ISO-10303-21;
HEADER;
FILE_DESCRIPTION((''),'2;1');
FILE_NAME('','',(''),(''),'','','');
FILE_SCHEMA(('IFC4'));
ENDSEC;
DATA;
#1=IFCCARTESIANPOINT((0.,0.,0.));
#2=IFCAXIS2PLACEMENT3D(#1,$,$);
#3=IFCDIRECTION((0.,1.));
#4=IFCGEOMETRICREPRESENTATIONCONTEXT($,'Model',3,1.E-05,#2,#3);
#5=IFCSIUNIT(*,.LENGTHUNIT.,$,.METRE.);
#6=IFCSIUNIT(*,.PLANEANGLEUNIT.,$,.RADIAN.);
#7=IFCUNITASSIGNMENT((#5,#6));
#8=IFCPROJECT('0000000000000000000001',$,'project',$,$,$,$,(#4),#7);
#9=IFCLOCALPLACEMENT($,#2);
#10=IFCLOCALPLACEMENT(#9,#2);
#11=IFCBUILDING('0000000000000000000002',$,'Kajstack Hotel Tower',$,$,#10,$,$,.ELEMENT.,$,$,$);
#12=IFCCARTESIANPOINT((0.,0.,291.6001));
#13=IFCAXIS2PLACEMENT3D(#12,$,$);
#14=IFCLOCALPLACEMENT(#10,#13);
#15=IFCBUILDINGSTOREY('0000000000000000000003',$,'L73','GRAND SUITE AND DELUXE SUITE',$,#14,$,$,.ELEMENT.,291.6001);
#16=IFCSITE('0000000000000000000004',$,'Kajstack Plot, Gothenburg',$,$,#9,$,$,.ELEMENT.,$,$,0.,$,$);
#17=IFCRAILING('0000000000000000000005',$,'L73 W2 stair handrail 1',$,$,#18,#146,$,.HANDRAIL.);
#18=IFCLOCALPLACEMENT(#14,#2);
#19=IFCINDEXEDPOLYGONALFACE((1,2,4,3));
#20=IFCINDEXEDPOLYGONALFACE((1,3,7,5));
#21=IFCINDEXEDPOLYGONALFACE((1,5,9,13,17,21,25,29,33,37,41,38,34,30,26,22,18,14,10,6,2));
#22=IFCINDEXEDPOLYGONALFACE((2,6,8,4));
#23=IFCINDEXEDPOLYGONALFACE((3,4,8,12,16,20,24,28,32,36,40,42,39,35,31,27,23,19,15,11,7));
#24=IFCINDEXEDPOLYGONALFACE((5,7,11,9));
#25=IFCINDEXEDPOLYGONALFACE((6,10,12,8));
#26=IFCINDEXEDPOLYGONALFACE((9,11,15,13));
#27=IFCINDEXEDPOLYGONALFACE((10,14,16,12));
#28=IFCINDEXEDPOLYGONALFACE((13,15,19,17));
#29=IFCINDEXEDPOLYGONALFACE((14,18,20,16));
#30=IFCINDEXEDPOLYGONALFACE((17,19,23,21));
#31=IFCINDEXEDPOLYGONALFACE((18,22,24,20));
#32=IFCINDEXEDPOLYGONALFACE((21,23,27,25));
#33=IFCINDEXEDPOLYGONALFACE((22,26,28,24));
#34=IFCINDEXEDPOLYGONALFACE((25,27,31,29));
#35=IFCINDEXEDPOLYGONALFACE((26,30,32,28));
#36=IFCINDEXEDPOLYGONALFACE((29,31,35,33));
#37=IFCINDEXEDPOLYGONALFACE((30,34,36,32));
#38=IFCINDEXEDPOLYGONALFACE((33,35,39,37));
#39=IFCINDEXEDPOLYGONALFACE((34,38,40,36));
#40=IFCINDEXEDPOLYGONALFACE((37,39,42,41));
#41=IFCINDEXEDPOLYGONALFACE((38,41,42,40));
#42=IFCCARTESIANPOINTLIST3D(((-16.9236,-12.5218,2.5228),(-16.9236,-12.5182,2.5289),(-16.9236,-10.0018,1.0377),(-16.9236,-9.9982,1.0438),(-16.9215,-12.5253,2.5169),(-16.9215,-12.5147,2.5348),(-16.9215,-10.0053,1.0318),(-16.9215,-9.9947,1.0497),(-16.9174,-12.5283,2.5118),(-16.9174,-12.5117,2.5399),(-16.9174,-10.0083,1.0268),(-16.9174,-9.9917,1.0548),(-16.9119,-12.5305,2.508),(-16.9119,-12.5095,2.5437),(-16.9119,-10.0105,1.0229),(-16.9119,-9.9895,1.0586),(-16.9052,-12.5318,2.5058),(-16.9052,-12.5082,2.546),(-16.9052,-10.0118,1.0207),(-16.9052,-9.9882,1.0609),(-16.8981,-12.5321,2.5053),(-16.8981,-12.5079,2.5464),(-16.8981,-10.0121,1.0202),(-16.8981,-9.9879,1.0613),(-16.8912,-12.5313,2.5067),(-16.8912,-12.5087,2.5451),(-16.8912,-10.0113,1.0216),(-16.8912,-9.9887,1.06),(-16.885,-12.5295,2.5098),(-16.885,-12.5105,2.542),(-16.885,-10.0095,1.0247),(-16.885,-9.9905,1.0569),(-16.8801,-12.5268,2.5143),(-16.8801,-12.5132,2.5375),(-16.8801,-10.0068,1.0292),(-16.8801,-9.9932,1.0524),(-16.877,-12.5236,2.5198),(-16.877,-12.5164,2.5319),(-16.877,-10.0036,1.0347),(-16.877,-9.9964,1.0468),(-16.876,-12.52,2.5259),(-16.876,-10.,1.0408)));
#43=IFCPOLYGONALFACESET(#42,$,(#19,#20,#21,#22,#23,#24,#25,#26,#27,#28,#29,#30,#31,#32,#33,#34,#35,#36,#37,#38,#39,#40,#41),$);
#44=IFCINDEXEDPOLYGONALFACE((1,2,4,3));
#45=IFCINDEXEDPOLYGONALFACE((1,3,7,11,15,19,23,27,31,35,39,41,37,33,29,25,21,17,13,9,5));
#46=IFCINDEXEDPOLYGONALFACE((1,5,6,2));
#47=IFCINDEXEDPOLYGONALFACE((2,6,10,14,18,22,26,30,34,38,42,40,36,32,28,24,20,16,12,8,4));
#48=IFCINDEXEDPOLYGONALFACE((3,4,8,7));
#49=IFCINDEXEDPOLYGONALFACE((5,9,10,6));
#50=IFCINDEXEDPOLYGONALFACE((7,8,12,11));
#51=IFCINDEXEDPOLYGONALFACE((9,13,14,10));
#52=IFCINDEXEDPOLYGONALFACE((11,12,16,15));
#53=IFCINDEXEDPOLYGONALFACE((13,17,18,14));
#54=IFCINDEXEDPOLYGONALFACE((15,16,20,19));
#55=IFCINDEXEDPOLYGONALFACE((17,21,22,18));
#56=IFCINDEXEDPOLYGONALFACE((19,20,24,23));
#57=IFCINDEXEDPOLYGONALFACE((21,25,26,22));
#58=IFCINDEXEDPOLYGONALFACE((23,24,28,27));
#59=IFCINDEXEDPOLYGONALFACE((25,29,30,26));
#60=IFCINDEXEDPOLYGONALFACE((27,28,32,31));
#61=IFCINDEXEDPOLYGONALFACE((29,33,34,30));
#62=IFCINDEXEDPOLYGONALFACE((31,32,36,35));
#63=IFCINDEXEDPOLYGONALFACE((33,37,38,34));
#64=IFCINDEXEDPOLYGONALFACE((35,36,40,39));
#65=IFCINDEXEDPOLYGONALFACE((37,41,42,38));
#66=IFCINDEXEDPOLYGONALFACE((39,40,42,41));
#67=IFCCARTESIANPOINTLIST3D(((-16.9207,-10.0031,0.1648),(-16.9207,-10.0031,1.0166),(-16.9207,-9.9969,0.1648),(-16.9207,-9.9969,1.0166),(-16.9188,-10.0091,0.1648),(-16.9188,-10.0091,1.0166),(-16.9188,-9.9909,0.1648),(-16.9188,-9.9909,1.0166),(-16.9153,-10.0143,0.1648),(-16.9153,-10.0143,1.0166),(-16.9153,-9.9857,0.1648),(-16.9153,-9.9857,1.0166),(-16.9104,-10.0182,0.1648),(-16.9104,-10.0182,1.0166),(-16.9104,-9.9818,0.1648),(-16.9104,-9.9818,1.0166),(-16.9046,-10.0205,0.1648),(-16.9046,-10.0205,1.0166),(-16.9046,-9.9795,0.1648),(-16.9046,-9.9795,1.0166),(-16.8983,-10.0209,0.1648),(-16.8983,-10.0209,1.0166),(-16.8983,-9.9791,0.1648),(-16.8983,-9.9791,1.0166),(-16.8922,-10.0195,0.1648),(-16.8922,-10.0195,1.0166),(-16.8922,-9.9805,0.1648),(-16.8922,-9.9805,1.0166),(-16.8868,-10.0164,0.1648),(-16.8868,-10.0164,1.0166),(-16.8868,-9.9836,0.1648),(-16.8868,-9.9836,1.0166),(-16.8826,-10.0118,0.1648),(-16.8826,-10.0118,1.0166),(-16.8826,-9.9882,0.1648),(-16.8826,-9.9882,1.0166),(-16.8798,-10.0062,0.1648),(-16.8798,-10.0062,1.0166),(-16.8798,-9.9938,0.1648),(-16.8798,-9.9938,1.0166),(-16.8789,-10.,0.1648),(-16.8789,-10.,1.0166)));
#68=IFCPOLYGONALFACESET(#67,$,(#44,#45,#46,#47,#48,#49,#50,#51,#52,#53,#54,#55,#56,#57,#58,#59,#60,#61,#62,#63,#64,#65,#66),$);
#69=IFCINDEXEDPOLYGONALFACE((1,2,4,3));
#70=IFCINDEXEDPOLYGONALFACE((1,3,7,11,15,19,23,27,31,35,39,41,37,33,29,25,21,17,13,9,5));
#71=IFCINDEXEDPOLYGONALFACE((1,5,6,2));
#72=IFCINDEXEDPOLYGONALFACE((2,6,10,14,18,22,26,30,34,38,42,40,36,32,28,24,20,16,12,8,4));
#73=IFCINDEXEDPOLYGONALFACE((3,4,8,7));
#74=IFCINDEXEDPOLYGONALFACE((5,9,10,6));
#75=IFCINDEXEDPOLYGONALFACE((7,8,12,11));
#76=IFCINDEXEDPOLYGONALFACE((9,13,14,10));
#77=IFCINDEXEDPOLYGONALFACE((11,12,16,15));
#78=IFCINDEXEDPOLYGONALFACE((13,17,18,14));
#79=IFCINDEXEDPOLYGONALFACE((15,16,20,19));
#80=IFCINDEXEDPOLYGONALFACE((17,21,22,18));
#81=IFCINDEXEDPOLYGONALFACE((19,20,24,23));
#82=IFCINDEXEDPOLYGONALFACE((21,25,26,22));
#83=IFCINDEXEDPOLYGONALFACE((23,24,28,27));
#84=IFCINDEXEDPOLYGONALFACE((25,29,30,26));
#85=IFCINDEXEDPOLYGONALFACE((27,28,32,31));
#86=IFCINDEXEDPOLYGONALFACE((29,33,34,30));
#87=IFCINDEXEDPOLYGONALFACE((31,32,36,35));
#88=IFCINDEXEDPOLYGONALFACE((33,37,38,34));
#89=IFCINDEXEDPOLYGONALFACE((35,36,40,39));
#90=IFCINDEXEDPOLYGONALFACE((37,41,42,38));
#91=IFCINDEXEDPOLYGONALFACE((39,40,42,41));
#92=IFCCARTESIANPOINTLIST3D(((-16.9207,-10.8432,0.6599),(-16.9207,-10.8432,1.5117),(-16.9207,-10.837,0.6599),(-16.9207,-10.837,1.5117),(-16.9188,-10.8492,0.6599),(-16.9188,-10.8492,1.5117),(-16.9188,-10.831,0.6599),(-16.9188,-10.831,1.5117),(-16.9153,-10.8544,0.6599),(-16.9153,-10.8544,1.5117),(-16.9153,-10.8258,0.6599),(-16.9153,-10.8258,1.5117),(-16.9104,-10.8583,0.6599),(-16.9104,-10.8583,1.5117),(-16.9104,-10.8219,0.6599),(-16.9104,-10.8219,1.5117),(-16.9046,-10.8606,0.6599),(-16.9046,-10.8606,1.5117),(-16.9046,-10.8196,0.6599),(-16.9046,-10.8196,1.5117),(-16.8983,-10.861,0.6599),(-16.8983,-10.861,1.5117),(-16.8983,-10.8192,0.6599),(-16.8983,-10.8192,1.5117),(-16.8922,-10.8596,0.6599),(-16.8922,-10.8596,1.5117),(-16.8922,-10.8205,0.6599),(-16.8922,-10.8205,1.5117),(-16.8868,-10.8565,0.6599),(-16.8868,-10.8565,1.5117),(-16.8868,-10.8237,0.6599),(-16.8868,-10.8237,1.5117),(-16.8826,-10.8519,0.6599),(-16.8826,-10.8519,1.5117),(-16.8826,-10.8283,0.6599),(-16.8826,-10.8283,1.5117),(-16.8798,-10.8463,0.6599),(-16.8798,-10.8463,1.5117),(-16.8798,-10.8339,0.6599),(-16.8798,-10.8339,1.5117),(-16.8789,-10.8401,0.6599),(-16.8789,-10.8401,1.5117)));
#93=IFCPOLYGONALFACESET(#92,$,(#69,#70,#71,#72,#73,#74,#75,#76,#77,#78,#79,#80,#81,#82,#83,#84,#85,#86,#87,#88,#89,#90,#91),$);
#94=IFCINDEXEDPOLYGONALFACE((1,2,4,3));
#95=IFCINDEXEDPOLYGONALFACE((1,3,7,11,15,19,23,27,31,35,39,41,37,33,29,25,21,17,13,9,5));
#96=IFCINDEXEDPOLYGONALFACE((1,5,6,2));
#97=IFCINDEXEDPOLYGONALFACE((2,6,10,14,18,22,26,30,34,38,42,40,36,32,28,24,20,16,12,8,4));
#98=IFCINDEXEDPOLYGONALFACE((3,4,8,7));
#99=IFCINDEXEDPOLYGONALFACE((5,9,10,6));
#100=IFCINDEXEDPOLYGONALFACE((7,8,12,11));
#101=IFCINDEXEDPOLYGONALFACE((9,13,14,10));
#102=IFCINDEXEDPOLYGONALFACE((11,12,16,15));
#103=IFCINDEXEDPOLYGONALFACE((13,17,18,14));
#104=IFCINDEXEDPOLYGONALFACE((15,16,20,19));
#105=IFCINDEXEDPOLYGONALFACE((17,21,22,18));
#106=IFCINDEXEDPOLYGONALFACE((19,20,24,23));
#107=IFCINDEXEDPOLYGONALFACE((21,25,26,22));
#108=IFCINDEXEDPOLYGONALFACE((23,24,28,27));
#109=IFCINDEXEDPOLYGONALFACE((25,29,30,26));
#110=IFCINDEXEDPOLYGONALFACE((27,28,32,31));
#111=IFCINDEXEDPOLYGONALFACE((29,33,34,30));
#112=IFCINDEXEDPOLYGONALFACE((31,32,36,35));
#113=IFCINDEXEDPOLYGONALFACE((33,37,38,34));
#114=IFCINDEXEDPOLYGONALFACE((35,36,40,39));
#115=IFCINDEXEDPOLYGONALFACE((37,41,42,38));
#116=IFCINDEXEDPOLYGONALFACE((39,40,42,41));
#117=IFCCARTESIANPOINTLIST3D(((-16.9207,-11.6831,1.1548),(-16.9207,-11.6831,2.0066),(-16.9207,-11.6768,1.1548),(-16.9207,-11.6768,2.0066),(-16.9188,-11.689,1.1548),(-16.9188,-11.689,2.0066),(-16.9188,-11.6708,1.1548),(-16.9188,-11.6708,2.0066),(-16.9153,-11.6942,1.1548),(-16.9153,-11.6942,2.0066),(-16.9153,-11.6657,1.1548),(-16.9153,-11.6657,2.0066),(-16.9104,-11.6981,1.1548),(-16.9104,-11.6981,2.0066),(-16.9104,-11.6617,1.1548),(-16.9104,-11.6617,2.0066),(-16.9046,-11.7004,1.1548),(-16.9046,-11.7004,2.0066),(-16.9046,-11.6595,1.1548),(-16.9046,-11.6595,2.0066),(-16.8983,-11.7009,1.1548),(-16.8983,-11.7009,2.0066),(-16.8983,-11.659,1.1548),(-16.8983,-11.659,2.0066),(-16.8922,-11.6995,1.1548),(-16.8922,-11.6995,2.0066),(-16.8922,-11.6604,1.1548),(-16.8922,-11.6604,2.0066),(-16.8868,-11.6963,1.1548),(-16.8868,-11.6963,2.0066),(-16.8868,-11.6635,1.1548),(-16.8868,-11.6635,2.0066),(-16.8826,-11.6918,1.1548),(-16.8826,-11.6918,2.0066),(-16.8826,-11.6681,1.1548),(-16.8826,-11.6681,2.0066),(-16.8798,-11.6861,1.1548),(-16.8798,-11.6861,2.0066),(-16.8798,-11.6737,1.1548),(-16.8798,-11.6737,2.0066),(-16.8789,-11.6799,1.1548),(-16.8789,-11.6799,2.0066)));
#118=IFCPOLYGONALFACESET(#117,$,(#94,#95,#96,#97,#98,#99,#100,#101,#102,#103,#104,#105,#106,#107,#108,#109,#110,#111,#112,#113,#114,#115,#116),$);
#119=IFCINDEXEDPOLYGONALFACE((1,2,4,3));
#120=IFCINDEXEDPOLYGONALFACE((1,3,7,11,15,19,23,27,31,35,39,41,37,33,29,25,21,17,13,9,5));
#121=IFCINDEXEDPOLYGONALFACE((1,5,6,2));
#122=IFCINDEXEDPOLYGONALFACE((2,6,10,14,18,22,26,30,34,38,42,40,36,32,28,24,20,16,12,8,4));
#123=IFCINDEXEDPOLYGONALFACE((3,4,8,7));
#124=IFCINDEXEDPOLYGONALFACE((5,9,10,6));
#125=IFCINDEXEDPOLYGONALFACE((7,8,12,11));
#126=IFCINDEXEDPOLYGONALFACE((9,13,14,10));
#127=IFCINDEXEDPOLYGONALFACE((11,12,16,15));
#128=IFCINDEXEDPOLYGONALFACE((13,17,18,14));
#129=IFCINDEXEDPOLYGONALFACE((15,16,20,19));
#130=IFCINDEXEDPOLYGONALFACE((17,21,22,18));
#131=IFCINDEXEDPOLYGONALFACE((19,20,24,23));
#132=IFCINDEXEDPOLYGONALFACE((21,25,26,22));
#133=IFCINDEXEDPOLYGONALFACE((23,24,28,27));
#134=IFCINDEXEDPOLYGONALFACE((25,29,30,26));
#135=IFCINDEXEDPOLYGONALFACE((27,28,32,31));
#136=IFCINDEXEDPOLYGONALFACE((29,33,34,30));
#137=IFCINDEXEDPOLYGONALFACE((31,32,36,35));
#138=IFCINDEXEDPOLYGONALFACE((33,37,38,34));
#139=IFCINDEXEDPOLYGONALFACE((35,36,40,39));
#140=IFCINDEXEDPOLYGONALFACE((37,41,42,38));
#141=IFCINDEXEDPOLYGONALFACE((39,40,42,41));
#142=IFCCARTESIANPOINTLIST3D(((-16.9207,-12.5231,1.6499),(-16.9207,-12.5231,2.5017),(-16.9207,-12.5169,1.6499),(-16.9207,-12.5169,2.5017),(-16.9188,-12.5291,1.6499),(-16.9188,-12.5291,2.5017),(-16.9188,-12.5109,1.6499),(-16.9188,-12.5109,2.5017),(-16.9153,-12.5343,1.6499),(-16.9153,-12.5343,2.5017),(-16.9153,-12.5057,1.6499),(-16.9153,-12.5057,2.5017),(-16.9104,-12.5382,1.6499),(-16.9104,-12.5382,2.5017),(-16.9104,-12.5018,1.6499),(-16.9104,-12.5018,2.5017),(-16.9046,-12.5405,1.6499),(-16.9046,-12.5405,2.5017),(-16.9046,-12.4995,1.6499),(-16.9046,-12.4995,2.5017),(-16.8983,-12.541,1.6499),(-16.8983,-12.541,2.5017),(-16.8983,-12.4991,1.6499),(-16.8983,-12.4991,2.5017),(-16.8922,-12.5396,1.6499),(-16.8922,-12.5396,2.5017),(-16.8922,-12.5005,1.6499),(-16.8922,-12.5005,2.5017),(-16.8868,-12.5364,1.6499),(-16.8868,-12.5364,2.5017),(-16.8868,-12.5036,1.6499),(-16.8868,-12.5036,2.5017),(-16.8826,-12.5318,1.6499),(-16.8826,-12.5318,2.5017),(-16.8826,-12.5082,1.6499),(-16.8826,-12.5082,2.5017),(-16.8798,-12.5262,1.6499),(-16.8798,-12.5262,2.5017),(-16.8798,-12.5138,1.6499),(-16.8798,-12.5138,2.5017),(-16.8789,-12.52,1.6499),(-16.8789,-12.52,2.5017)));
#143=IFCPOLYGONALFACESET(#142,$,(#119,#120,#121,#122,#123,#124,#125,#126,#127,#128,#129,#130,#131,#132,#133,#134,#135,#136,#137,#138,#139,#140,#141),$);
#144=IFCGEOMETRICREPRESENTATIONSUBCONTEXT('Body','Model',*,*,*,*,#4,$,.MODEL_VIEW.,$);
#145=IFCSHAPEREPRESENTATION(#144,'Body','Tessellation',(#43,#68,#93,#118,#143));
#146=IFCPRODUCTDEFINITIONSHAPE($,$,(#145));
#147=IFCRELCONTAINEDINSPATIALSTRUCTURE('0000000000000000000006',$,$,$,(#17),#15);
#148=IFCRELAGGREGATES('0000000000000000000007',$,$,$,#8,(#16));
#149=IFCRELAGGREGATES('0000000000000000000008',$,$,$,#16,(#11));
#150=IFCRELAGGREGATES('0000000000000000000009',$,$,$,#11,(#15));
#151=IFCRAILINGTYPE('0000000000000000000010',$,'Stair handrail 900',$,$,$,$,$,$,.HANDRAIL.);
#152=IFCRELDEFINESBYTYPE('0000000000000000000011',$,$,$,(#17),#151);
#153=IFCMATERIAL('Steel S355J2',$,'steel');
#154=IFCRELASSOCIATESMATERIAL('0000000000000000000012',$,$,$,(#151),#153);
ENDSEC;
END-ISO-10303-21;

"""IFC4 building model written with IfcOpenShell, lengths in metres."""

from ifc_helpers import new_model, si_unit, direction, frame, origin, origin_2d, place, context, subcontext, project, spatial, circle, extrude, material, type_object, element, save


model = new_model("IFC4")

# Units and contexts
model_context = context("Model", 3, precision=1e-05, world=origin(), true_north=direction((0.0, 1.0)))
body_context = subcontext(model_context, "Body", "Model", "MODEL_VIEW")
ifc_project = project(units=[si_unit("LENGTHUNIT", "METRE"), si_unit("PLANEANGLEUNIT", "RADIAN")], contexts=[model_context])

# Site, building, storey
site_placement = place(None, origin())
site = spatial("IfcSite", under=ifc_project, at=site_placement, Name="Kajstack Plot, Gothenburg", CompositionType="ELEMENT", RefElevation=0.0)
building_placement = place(site_placement, origin())
building = spatial("IfcBuilding", under=site, at=building_placement, Name="Kajstack Hotel Tower", CompositionType="ELEMENT")
storey_placement = place(building_placement, frame((0.0, 0.0, 291.6001)))
storey = spatial("IfcBuildingStorey", under=building, at=storey_placement, Name="L73", Description="GRAND SUITE AND DELUXE SUITE", CompositionType="ELEMENT", Elevation=291.6001)

# Railing
ifc_material_1 = material(Name="Steel S355J2", Category="steel")
railing_type_1 = type_object("IfcRailingType", Name="Stair handrail 900", PredefinedType="HANDRAIL", material=ifc_material_1)
railing_1_placement = place(storey_placement, frame((-16.8999, -10.0, 0.1648)))
element("IfcRailing", 1, at=railing_1_placement, inside=storey, type_object=railing_type_1, Name="L73 W2 stair handrail 1", PredefinedType="HANDRAIL", context=body_context, shape_type="SweptSolid", body=[
    extrude(circle(Radius=0.0239, at=origin_2d()), frame((0.0, 0.0, 0.876), z_axis=(0.0, -0.861524, 0.507717), x_axis=(1.0, 0.0, 0.0)), (0.0, 0.0, 1.0), 2.925),
    extrude(circle(Radius=0.021, at=origin_2d()), origin(), (0.0, 0.0, 1.0), 0.8518),
    extrude(circle(Radius=0.021, at=origin_2d()), frame((0.0, -0.8401, 0.4951)), (0.0, 0.0, 1.0), 0.8518),
    extrude(circle(Radius=0.021, at=origin_2d()), frame((0.0, -1.6799, 0.99)), (0.0, 0.0, 1.0), 0.8518),
    extrude(circle(Radius=0.021, at=origin_2d()), frame((0.0, -2.52, 1.4851)), (0.0, 0.0, 1.0), 0.8518),
])

save(model, "model.ifc")
